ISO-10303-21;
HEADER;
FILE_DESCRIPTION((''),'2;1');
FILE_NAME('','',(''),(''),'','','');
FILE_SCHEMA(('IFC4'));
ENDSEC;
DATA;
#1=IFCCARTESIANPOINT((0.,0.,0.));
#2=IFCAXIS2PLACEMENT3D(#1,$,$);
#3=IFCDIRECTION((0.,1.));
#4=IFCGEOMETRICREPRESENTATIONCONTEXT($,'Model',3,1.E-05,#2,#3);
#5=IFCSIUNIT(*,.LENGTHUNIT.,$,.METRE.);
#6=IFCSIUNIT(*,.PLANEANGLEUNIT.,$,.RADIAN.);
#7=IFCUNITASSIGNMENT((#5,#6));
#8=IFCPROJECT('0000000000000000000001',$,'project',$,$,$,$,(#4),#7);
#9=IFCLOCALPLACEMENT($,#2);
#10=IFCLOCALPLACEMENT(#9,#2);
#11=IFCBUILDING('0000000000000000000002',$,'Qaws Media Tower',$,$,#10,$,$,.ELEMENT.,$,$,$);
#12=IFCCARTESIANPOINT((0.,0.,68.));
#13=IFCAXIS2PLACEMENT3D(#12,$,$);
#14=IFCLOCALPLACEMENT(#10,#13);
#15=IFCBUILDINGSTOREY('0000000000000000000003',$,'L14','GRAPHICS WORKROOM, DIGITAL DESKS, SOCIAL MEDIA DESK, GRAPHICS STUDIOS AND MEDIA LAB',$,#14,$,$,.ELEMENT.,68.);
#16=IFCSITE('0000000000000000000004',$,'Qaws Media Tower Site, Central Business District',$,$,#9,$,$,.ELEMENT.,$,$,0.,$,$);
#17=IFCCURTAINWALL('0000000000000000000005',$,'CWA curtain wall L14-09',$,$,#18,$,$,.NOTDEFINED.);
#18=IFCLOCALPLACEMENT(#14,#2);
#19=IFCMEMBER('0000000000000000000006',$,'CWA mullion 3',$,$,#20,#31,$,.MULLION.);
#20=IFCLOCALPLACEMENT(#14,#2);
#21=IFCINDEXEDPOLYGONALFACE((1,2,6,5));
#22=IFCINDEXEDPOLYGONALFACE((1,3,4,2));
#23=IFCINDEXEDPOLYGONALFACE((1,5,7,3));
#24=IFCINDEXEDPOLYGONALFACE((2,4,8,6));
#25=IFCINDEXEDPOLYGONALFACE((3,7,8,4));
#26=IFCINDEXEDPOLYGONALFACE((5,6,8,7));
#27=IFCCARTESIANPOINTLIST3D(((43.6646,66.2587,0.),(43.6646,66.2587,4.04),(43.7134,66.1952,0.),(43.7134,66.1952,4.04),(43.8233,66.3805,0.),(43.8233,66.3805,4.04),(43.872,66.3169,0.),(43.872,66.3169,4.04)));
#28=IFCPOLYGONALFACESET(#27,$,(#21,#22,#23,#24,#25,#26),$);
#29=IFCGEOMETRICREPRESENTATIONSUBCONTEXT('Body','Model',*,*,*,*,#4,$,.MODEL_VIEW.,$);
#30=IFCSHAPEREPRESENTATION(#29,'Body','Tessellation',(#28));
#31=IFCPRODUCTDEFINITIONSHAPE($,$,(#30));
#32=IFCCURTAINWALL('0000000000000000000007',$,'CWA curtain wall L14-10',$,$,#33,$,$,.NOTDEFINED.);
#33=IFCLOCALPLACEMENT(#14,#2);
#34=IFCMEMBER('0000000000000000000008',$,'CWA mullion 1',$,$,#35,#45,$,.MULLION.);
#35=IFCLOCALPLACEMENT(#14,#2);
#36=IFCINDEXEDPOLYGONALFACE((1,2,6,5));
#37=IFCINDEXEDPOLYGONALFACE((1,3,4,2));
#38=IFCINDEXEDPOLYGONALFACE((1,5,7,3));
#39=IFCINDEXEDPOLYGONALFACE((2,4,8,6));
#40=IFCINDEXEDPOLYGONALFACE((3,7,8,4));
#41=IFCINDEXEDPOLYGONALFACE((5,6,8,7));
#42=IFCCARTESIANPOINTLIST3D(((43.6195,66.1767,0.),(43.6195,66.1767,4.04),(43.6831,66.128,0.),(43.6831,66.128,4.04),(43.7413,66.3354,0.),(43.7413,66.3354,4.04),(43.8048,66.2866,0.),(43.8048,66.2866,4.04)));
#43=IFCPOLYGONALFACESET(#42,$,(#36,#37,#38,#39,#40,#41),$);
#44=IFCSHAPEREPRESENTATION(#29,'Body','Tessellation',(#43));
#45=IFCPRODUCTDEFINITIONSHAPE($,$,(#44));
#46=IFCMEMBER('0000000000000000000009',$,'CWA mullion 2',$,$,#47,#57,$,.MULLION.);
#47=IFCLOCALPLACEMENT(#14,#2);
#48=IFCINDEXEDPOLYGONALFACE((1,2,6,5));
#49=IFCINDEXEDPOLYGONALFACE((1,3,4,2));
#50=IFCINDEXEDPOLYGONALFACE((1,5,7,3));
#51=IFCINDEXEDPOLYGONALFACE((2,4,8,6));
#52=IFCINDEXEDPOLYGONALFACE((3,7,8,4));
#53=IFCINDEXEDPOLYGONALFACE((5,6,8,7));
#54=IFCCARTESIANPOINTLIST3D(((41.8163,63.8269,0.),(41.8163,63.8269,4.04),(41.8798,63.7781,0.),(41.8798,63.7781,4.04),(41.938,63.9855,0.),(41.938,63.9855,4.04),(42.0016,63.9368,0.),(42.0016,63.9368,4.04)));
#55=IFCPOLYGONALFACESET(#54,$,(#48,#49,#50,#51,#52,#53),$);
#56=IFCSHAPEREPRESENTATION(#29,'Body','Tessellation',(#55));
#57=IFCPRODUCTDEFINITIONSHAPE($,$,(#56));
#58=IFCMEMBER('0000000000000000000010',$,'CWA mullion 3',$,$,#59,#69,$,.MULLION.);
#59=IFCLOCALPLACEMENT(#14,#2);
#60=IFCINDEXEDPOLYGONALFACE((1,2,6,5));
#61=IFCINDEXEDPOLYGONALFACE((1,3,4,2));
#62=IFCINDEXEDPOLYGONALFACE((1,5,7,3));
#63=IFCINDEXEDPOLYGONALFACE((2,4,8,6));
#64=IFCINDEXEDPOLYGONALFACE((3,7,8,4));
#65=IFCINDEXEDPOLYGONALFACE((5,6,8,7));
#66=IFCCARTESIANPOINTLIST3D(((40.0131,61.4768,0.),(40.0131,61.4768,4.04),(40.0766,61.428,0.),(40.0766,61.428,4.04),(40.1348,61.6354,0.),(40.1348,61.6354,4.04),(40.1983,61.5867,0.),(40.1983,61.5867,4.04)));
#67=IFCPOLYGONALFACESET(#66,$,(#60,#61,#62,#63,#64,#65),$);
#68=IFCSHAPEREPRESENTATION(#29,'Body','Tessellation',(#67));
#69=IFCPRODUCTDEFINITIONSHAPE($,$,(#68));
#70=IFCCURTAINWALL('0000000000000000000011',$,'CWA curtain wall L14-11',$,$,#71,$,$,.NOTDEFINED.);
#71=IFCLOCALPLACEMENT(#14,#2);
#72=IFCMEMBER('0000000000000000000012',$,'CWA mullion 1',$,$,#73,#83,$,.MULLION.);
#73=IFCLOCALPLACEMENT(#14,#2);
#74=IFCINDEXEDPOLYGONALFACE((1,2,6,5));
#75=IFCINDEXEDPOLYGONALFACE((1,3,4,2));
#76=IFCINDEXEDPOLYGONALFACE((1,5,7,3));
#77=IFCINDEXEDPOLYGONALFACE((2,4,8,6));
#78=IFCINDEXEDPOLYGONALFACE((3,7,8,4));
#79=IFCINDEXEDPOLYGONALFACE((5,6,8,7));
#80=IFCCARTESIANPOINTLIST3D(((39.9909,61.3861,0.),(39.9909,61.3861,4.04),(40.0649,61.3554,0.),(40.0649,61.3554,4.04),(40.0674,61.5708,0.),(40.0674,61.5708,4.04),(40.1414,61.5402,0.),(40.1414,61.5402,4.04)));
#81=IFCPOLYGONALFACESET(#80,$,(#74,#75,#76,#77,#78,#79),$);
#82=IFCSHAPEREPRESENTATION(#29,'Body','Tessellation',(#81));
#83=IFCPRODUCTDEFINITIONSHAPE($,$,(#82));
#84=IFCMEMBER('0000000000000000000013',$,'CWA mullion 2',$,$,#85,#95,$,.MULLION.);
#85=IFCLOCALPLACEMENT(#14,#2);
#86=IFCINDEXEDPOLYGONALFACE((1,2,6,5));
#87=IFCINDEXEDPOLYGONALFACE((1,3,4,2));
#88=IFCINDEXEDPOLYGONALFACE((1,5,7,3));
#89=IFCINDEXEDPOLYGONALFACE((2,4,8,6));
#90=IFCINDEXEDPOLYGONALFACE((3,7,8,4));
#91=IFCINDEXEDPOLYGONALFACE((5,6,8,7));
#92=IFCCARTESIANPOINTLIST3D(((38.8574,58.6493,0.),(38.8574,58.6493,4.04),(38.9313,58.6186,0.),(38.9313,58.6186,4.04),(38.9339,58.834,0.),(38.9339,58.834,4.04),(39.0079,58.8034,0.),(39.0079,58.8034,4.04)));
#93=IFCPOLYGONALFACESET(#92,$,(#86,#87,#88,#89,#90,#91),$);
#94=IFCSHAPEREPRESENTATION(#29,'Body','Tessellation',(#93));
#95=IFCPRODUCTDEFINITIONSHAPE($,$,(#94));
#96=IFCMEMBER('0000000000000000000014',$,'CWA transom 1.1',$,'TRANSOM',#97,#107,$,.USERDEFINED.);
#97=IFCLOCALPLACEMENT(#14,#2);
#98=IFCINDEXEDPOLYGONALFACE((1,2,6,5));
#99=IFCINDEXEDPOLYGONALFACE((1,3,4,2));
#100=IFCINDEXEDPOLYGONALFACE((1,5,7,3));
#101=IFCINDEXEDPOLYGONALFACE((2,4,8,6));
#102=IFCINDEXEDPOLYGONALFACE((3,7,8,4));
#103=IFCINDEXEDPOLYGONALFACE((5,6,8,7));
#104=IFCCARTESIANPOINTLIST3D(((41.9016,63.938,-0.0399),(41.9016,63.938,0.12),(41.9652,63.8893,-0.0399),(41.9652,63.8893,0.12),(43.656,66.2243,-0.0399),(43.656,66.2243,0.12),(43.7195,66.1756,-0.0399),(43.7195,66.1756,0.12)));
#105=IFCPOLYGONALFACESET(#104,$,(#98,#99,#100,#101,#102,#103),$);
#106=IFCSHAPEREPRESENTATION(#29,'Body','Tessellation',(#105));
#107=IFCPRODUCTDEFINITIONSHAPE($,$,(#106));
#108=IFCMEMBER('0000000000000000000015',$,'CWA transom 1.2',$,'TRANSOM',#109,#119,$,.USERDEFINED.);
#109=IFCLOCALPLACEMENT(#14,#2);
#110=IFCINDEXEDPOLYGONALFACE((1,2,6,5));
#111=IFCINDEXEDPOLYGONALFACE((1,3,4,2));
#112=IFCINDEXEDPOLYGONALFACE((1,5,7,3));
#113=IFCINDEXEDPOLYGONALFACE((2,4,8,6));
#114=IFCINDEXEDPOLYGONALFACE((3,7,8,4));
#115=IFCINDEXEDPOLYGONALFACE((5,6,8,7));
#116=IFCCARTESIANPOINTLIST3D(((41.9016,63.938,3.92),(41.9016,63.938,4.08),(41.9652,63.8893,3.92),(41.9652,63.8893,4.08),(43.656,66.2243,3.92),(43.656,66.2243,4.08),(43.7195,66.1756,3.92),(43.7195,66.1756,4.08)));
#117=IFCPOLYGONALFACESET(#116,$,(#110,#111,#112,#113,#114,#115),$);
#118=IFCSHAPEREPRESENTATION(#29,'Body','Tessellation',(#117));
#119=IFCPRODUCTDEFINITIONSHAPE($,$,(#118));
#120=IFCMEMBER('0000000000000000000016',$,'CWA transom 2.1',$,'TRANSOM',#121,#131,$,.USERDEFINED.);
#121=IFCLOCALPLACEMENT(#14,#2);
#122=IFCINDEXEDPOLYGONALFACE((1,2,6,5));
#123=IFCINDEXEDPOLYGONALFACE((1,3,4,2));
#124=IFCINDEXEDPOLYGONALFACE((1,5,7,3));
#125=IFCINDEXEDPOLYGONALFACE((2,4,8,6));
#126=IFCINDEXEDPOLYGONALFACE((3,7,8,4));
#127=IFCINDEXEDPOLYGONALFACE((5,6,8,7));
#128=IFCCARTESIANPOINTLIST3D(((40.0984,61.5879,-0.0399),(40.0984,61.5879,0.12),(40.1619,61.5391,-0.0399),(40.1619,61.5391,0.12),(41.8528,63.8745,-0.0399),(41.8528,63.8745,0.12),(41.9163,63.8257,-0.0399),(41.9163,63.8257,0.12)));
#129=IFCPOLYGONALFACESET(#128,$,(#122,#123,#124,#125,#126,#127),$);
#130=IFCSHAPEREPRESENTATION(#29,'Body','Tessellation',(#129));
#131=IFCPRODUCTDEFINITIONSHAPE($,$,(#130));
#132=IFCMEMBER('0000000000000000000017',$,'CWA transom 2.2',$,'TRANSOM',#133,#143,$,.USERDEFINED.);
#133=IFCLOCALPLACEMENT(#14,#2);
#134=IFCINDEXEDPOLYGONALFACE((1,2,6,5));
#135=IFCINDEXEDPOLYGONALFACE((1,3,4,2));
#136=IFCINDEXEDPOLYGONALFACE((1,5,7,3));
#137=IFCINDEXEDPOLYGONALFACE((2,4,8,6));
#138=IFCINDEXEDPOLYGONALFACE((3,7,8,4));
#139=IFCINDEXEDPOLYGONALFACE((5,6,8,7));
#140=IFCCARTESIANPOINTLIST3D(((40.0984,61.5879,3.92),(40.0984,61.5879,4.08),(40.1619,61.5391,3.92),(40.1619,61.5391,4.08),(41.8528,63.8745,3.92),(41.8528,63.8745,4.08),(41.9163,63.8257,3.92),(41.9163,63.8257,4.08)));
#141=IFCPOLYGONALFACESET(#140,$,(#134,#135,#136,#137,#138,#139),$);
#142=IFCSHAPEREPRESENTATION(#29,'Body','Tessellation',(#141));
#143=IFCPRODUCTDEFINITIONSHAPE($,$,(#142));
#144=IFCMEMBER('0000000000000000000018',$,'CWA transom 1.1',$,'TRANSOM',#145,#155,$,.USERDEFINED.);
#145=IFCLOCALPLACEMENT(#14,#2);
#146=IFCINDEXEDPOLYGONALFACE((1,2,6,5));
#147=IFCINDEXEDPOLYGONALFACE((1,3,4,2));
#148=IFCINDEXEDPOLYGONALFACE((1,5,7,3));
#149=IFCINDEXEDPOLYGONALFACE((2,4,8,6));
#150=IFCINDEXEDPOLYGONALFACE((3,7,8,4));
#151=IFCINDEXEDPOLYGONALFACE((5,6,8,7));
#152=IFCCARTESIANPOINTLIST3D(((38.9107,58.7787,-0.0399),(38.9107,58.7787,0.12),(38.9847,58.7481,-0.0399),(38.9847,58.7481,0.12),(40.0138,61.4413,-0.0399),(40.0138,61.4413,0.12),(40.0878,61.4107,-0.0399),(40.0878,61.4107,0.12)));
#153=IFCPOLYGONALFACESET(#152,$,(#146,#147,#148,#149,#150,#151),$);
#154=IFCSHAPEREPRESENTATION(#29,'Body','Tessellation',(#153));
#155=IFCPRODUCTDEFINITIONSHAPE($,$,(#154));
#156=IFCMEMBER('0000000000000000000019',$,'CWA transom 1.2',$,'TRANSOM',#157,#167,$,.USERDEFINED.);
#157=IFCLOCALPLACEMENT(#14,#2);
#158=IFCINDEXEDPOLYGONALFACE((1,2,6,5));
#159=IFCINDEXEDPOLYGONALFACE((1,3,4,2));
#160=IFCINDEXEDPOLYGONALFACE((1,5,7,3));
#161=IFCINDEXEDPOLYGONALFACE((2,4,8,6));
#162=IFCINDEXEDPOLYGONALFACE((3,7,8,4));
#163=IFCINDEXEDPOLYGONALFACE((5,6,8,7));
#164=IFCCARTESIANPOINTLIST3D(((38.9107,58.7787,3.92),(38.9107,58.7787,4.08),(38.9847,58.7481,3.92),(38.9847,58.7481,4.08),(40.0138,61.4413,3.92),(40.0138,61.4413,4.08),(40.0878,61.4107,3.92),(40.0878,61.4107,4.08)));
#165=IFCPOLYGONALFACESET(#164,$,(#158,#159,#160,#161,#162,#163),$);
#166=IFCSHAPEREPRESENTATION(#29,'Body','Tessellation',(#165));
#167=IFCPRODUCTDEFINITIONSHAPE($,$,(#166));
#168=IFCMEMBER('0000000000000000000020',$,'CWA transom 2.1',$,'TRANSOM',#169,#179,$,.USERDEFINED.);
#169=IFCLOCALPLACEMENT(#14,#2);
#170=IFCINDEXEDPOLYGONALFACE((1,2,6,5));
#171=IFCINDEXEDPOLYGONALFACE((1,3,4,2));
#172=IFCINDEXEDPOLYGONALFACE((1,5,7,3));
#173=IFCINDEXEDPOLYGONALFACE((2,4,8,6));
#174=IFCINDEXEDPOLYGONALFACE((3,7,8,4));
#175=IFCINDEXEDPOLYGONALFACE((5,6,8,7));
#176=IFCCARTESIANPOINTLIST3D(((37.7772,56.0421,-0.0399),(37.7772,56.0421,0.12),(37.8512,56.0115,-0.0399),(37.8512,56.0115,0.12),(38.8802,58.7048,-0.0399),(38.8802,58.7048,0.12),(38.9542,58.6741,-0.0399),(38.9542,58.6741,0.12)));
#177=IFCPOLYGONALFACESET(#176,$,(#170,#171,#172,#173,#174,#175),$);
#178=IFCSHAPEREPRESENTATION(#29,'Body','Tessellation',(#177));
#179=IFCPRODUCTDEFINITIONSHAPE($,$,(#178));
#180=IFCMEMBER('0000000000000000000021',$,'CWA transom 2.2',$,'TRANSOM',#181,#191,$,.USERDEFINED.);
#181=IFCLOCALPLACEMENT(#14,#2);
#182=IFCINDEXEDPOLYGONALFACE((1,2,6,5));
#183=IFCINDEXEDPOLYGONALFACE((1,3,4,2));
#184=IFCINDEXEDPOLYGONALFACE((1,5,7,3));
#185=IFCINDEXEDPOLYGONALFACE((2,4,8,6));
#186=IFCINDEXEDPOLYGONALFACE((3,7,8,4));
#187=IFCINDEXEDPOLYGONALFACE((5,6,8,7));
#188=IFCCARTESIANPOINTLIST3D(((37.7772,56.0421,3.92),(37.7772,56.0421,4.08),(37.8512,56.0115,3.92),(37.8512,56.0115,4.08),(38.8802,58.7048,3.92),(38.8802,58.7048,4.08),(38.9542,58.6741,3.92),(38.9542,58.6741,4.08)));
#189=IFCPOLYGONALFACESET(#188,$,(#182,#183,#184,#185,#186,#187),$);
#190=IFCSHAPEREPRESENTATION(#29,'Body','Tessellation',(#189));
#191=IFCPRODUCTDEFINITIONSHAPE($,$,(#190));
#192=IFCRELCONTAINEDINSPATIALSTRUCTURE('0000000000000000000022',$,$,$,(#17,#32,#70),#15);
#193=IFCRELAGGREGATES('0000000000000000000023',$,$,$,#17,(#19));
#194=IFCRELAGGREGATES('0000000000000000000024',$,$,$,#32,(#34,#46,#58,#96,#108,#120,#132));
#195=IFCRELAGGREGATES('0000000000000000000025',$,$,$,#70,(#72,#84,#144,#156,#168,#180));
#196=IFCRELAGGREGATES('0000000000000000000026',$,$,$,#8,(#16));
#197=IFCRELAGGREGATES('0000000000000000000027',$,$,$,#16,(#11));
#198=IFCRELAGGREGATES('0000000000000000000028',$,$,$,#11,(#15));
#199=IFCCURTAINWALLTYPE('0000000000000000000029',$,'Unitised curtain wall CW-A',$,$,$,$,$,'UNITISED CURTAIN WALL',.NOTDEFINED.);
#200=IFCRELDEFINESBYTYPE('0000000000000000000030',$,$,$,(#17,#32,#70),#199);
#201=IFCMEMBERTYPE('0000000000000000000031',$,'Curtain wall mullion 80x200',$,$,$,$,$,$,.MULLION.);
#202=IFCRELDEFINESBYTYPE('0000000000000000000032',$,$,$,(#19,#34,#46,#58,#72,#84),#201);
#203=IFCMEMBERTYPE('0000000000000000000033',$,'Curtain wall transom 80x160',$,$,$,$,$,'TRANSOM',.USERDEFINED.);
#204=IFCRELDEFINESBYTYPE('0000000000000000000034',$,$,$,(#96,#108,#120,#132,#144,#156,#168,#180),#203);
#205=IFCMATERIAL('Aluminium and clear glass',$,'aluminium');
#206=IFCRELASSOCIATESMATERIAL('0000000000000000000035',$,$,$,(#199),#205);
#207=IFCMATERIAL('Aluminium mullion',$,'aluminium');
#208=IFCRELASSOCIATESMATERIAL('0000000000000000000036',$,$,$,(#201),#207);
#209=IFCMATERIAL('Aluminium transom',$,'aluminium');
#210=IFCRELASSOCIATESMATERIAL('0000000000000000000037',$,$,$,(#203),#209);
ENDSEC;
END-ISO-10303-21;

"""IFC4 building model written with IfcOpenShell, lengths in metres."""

from ifc_helpers import new_model, si_unit, direction, frame, origin, origin_2d, place, context, subcontext, project, spatial, rectangle, extrude, material, material_profile, profile_set, type_object, element, aggregate, save


model = new_model("IFC4")

# Units and contexts
model_context = context("Model", 3, precision=1e-05, world=origin(), true_north=direction((0.0, 1.0)))
body_context = subcontext(model_context, "Body", "Model", "MODEL_VIEW")
ifc_project = project(units=[si_unit("LENGTHUNIT", "METRE"), si_unit("PLANEANGLEUNIT", "RADIAN")], contexts=[model_context])

# Site, building, storey
site_placement = place(None, origin())
site = spatial("IfcSite", under=ifc_project, at=site_placement, Name="Qaws Media Tower Site, Central Business District", CompositionType="ELEMENT", RefElevation=0.0)
building_placement = place(site_placement, origin())
building = spatial("IfcBuilding", under=site, at=building_placement, Name="Qaws Media Tower", CompositionType="ELEMENT")
storey_placement = place(building_placement, frame((0.0, 0.0, 68.0)))
storey = spatial("IfcBuildingStorey", under=building, at=storey_placement, Name="L14", Description="GRAPHICS WORKROOM, DIGITAL DESKS, SOCIAL MEDIA DESK, GRAPHICS STUDIOS AND MEDIA LAB", CompositionType="ELEMENT", Elevation=68.0)

# Curtain wall, member
ifc_material_1 = material(Name="Aluminium and clear glass", Category="aluminium")
curtain_wall_type = type_object("IfcCurtainWallType", Name="Unitised curtain wall CW-A", ElementType="UNITISED CURTAIN WALL", PredefinedType="NOTDEFINED", material=ifc_material_1)
curtain_wall_1_placement = place(storey_placement, origin())
curtain_wall_1 = element("IfcCurtainWall", 1, at=curtain_wall_1_placement, inside=storey, type_object=curtain_wall_type, Name="CWA curtain wall L14-09", PredefinedType="NOTDEFINED")
ifc_material_2 = material(Name="Aluminium mullion", Category="aluminium")
ifc_material_profile_1 = material_profile(ifc_material_2, rectangle(XDim=0.0801, YDim=0.2, at=origin_2d()), Name="80x200")
ifc_profile_set_1 = profile_set([ifc_material_profile_1], Name="Aluminium mullion")
member_type_1 = type_object("IfcMemberType", Name="Curtain wall mullion 80x200", PredefinedType="MULLION", material=ifc_profile_set_1)
member_1_placement = place(storey_placement, frame((43.7683, 66.2878, 0.0), z_axis=(0.0, 0.0, 1.0), x_axis=(0.608761, -0.793353, 0.0)))
member_1 = element("IfcMember", 2, at=member_1_placement, type_object=member_type_1, Name="CWA mullion 3", PredefinedType="MULLION", context=body_context, shape_type="SweptSolid", body=[
    extrude(rectangle(XDim=0.0801, YDim=0.2, at=origin_2d()), origin(), (0.0, 0.0, 1.0), 4.04),
])
aggregate(curtain_wall_1, [member_1])

# Curtain walls, members
curtain_wall_2_placement = place(storey_placement, origin())
curtain_wall_2 = element("IfcCurtainWall", 3, at=curtain_wall_2_placement, inside=storey, type_object=curtain_wall_type, Name="CWA curtain wall L14-10", PredefinedType="NOTDEFINED")
member_2_placement = place(storey_placement, frame((43.7122, 66.2317, 0.0), z_axis=(0.0, 0.0, 1.0), x_axis=(0.793353, -0.608761, 0.0)))
member_2 = element("IfcMember", 4, at=member_2_placement, type_object=member_type_1, Name="CWA mullion 1", PredefinedType="MULLION", context=body_context, shape_type="SweptSolid", body=[
    extrude(rectangle(XDim=0.0801, YDim=0.2, at=origin_2d()), origin(), (0.0, 0.0, 1.0), 4.04),
])
member_3_placement = place(storey_placement, frame((41.9089, 63.8818, 0.0), z_axis=(0.0, 0.0, 1.0), x_axis=(0.793353, -0.608761, 0.0)))
member_3 = element("IfcMember", 5, at=member_3_placement, type_object=member_type_1, Name="CWA mullion 2", PredefinedType="MULLION", context=body_context, shape_type="SweptSolid", body=[
    extrude(rectangle(XDim=0.0801, YDim=0.2, at=origin_2d()), origin(), (0.0, 0.0, 1.0), 4.04),
])
member_4_placement = place(storey_placement, frame((40.1057, 61.5317, 0.0), z_axis=(0.0, 0.0, 1.0), x_axis=(0.793353, -0.608761, 0.0)))
member_4 = element("IfcMember", 6, at=member_4_placement, type_object=member_type_1, Name="CWA mullion 3", PredefinedType="MULLION", context=body_context, shape_type="SweptSolid", body=[
    extrude(rectangle(XDim=0.0801, YDim=0.2, at=origin_2d()), origin(), (0.0, 0.0, 1.0), 4.04),
])
curtain_wall_3_placement = place(storey_placement, origin())
curtain_wall_3 = element("IfcCurtainWall", 7, at=curtain_wall_3_placement, inside=storey, type_object=curtain_wall_type, Name="CWA curtain wall L14-11", PredefinedType="NOTDEFINED")
member_5_placement = place(storey_placement, frame((40.0662, 61.4631, 0.0), z_axis=(0.0, 0.0, 1.0), x_axis=(0.92388, -0.382683, 0.0)))
member_5 = element("IfcMember", 8, at=member_5_placement, type_object=member_type_1, Name="CWA mullion 1", PredefinedType="MULLION", context=body_context, shape_type="SweptSolid", body=[
    extrude(rectangle(XDim=0.0801, YDim=0.2, at=origin_2d()), origin(), (0.0, 0.0, 1.0), 4.04),
])
member_6_placement = place(storey_placement, frame((38.9326, 58.7263, 0.0), z_axis=(0.0, 0.0, 1.0), x_axis=(0.92388, -0.382683, 0.0)))
member_6 = element("IfcMember", 9, at=member_6_placement, type_object=member_type_1, Name="CWA mullion 2", PredefinedType="MULLION", context=body_context, shape_type="SweptSolid", body=[
    extrude(rectangle(XDim=0.0801, YDim=0.2, at=origin_2d()), origin(), (0.0, 0.0, 1.0), 4.04),
])

# Members
ifc_material_3 = material(Name="Aluminium transom", Category="aluminium")
ifc_material_profile_2 = material_profile(ifc_material_3, rectangle(XDim=0.0801, YDim=0.1599, at=origin_2d()), Name="80x160")
ifc_profile_set_2 = profile_set([ifc_material_profile_2], Name="Aluminium transom")
member_type_2 = type_object("IfcMemberType", Name="Curtain wall transom 80x160", ElementType="TRANSOM", PredefinedType="USERDEFINED", material=ifc_profile_set_2)
member_7_placement = place(storey_placement, frame((43.6877, 66.2, 0.04), z_axis=(-0.608761, -0.793354, 0.0), x_axis=(0.793354, -0.608761, 0.0)))
member_7 = element("IfcMember", 10, at=member_7_placement, type_object=member_type_2, Name="CWA transom 1.1", ObjectType="TRANSOM", PredefinedType="USERDEFINED", context=body_context, shape_type="SweptSolid", body=[
    extrude(rectangle(XDim=0.0801, YDim=0.1599, at=origin_2d()), origin(), (0.0, 0.0, 1.0), 2.8818),
])
member_8_placement = place(storey_placement, frame((43.6877, 66.2, 4.0), z_axis=(-0.608761, -0.793354, 0.0), x_axis=(0.793354, -0.608761, 0.0)))
member_8 = element("IfcMember", 11, at=member_8_placement, type_object=member_type_2, Name="CWA transom 1.2", ObjectType="TRANSOM", PredefinedType="USERDEFINED", context=body_context, shape_type="SweptSolid", body=[
    extrude(rectangle(XDim=0.0801, YDim=0.1599, at=origin_2d()), origin(), (0.0, 0.0, 1.0), 2.8818),
])
member_9_placement = place(storey_placement, frame((41.8845, 63.8501, 0.04), z_axis=(-0.60872, -0.793385, 0.0), x_axis=(0.793385, -0.60872, 0.0)))
member_9 = element("IfcMember", 12, at=member_9_placement, type_object=member_type_2, Name="CWA transom 2.1", ObjectType="TRANSOM", PredefinedType="USERDEFINED", context=body_context, shape_type="SweptSolid", body=[
    extrude(rectangle(XDim=0.0801, YDim=0.1599, at=origin_2d()), origin(), (0.0, 0.0, 1.0), 2.8821),
])
member_10_placement = place(storey_placement, frame((41.8845, 63.8501, 4.0), z_axis=(-0.60872, -0.793385, 0.0), x_axis=(0.793385, -0.60872, 0.0)))
member_10 = element("IfcMember", 13, at=member_10_placement, type_object=member_type_2, Name="CWA transom 2.2", ObjectType="TRANSOM", PredefinedType="USERDEFINED", context=body_context, shape_type="SweptSolid", body=[
    extrude(rectangle(XDim=0.0801, YDim=0.1599, at=origin_2d()), origin(), (0.0, 0.0, 1.0), 2.8821),
])
member_11_placement = place(storey_placement, frame((40.0508, 61.426, 0.04), z_axis=(-0.382726, -0.923862, 0.0), x_axis=(0.923862, -0.382726, 0.0)))
member_11 = element("IfcMember", 14, at=member_11_placement, type_object=member_type_2, Name="CWA transom 1.1", ObjectType="TRANSOM", PredefinedType="USERDEFINED", context=body_context, shape_type="SweptSolid", body=[
    extrude(rectangle(XDim=0.0801, YDim=0.1599, at=origin_2d()), origin(), (0.0, 0.0, 1.0), 2.8821),
])
member_12_placement = place(storey_placement, frame((40.0508, 61.426, 4.0), z_axis=(-0.382726, -0.923862, 0.0), x_axis=(0.923862, -0.382726, 0.0)))
member_12 = element("IfcMember", 15, at=member_12_placement, type_object=member_type_2, Name="CWA transom 1.2", ObjectType="TRANSOM", PredefinedType="USERDEFINED", context=body_context, shape_type="SweptSolid", body=[
    extrude(rectangle(XDim=0.0801, YDim=0.1599, at=origin_2d()), origin(), (0.0, 0.0, 1.0), 2.8821),
])
member_13_placement = place(storey_placement, frame((38.9172, 58.6895, 0.04), z_axis=(-0.382726, -0.923862, 0.0), x_axis=(0.923862, -0.382726, 0.0)))
member_13 = element("IfcMember", 16, at=member_13_placement, type_object=member_type_2, Name="CWA transom 2.1", ObjectType="TRANSOM", PredefinedType="USERDEFINED", context=body_context, shape_type="SweptSolid", body=[
    extrude(rectangle(XDim=0.0801, YDim=0.1599, at=origin_2d()), origin(), (0.0, 0.0, 1.0), 2.8821),
])
member_14_placement = place(storey_placement, frame((38.9172, 58.6895, 4.0), z_axis=(-0.382726, -0.923862, 0.0), x_axis=(0.923862, -0.382726, 0.0)))
member_14 = element("IfcMember", 17, at=member_14_placement, type_object=member_type_2, Name="CWA transom 2.2", ObjectType="TRANSOM", PredefinedType="USERDEFINED", context=body_context, shape_type="SweptSolid", body=[
    extrude(rectangle(XDim=0.0801, YDim=0.1599, at=origin_2d()), origin(), (0.0, 0.0, 1.0), 2.8821),
])

aggregate(curtain_wall_2, [member_2, member_3, member_4, member_7, member_8, member_9, member_10])
aggregate(curtain_wall_3, [member_5, member_6, member_11, member_12, member_13, member_14])

save(model, "model.ifc")
